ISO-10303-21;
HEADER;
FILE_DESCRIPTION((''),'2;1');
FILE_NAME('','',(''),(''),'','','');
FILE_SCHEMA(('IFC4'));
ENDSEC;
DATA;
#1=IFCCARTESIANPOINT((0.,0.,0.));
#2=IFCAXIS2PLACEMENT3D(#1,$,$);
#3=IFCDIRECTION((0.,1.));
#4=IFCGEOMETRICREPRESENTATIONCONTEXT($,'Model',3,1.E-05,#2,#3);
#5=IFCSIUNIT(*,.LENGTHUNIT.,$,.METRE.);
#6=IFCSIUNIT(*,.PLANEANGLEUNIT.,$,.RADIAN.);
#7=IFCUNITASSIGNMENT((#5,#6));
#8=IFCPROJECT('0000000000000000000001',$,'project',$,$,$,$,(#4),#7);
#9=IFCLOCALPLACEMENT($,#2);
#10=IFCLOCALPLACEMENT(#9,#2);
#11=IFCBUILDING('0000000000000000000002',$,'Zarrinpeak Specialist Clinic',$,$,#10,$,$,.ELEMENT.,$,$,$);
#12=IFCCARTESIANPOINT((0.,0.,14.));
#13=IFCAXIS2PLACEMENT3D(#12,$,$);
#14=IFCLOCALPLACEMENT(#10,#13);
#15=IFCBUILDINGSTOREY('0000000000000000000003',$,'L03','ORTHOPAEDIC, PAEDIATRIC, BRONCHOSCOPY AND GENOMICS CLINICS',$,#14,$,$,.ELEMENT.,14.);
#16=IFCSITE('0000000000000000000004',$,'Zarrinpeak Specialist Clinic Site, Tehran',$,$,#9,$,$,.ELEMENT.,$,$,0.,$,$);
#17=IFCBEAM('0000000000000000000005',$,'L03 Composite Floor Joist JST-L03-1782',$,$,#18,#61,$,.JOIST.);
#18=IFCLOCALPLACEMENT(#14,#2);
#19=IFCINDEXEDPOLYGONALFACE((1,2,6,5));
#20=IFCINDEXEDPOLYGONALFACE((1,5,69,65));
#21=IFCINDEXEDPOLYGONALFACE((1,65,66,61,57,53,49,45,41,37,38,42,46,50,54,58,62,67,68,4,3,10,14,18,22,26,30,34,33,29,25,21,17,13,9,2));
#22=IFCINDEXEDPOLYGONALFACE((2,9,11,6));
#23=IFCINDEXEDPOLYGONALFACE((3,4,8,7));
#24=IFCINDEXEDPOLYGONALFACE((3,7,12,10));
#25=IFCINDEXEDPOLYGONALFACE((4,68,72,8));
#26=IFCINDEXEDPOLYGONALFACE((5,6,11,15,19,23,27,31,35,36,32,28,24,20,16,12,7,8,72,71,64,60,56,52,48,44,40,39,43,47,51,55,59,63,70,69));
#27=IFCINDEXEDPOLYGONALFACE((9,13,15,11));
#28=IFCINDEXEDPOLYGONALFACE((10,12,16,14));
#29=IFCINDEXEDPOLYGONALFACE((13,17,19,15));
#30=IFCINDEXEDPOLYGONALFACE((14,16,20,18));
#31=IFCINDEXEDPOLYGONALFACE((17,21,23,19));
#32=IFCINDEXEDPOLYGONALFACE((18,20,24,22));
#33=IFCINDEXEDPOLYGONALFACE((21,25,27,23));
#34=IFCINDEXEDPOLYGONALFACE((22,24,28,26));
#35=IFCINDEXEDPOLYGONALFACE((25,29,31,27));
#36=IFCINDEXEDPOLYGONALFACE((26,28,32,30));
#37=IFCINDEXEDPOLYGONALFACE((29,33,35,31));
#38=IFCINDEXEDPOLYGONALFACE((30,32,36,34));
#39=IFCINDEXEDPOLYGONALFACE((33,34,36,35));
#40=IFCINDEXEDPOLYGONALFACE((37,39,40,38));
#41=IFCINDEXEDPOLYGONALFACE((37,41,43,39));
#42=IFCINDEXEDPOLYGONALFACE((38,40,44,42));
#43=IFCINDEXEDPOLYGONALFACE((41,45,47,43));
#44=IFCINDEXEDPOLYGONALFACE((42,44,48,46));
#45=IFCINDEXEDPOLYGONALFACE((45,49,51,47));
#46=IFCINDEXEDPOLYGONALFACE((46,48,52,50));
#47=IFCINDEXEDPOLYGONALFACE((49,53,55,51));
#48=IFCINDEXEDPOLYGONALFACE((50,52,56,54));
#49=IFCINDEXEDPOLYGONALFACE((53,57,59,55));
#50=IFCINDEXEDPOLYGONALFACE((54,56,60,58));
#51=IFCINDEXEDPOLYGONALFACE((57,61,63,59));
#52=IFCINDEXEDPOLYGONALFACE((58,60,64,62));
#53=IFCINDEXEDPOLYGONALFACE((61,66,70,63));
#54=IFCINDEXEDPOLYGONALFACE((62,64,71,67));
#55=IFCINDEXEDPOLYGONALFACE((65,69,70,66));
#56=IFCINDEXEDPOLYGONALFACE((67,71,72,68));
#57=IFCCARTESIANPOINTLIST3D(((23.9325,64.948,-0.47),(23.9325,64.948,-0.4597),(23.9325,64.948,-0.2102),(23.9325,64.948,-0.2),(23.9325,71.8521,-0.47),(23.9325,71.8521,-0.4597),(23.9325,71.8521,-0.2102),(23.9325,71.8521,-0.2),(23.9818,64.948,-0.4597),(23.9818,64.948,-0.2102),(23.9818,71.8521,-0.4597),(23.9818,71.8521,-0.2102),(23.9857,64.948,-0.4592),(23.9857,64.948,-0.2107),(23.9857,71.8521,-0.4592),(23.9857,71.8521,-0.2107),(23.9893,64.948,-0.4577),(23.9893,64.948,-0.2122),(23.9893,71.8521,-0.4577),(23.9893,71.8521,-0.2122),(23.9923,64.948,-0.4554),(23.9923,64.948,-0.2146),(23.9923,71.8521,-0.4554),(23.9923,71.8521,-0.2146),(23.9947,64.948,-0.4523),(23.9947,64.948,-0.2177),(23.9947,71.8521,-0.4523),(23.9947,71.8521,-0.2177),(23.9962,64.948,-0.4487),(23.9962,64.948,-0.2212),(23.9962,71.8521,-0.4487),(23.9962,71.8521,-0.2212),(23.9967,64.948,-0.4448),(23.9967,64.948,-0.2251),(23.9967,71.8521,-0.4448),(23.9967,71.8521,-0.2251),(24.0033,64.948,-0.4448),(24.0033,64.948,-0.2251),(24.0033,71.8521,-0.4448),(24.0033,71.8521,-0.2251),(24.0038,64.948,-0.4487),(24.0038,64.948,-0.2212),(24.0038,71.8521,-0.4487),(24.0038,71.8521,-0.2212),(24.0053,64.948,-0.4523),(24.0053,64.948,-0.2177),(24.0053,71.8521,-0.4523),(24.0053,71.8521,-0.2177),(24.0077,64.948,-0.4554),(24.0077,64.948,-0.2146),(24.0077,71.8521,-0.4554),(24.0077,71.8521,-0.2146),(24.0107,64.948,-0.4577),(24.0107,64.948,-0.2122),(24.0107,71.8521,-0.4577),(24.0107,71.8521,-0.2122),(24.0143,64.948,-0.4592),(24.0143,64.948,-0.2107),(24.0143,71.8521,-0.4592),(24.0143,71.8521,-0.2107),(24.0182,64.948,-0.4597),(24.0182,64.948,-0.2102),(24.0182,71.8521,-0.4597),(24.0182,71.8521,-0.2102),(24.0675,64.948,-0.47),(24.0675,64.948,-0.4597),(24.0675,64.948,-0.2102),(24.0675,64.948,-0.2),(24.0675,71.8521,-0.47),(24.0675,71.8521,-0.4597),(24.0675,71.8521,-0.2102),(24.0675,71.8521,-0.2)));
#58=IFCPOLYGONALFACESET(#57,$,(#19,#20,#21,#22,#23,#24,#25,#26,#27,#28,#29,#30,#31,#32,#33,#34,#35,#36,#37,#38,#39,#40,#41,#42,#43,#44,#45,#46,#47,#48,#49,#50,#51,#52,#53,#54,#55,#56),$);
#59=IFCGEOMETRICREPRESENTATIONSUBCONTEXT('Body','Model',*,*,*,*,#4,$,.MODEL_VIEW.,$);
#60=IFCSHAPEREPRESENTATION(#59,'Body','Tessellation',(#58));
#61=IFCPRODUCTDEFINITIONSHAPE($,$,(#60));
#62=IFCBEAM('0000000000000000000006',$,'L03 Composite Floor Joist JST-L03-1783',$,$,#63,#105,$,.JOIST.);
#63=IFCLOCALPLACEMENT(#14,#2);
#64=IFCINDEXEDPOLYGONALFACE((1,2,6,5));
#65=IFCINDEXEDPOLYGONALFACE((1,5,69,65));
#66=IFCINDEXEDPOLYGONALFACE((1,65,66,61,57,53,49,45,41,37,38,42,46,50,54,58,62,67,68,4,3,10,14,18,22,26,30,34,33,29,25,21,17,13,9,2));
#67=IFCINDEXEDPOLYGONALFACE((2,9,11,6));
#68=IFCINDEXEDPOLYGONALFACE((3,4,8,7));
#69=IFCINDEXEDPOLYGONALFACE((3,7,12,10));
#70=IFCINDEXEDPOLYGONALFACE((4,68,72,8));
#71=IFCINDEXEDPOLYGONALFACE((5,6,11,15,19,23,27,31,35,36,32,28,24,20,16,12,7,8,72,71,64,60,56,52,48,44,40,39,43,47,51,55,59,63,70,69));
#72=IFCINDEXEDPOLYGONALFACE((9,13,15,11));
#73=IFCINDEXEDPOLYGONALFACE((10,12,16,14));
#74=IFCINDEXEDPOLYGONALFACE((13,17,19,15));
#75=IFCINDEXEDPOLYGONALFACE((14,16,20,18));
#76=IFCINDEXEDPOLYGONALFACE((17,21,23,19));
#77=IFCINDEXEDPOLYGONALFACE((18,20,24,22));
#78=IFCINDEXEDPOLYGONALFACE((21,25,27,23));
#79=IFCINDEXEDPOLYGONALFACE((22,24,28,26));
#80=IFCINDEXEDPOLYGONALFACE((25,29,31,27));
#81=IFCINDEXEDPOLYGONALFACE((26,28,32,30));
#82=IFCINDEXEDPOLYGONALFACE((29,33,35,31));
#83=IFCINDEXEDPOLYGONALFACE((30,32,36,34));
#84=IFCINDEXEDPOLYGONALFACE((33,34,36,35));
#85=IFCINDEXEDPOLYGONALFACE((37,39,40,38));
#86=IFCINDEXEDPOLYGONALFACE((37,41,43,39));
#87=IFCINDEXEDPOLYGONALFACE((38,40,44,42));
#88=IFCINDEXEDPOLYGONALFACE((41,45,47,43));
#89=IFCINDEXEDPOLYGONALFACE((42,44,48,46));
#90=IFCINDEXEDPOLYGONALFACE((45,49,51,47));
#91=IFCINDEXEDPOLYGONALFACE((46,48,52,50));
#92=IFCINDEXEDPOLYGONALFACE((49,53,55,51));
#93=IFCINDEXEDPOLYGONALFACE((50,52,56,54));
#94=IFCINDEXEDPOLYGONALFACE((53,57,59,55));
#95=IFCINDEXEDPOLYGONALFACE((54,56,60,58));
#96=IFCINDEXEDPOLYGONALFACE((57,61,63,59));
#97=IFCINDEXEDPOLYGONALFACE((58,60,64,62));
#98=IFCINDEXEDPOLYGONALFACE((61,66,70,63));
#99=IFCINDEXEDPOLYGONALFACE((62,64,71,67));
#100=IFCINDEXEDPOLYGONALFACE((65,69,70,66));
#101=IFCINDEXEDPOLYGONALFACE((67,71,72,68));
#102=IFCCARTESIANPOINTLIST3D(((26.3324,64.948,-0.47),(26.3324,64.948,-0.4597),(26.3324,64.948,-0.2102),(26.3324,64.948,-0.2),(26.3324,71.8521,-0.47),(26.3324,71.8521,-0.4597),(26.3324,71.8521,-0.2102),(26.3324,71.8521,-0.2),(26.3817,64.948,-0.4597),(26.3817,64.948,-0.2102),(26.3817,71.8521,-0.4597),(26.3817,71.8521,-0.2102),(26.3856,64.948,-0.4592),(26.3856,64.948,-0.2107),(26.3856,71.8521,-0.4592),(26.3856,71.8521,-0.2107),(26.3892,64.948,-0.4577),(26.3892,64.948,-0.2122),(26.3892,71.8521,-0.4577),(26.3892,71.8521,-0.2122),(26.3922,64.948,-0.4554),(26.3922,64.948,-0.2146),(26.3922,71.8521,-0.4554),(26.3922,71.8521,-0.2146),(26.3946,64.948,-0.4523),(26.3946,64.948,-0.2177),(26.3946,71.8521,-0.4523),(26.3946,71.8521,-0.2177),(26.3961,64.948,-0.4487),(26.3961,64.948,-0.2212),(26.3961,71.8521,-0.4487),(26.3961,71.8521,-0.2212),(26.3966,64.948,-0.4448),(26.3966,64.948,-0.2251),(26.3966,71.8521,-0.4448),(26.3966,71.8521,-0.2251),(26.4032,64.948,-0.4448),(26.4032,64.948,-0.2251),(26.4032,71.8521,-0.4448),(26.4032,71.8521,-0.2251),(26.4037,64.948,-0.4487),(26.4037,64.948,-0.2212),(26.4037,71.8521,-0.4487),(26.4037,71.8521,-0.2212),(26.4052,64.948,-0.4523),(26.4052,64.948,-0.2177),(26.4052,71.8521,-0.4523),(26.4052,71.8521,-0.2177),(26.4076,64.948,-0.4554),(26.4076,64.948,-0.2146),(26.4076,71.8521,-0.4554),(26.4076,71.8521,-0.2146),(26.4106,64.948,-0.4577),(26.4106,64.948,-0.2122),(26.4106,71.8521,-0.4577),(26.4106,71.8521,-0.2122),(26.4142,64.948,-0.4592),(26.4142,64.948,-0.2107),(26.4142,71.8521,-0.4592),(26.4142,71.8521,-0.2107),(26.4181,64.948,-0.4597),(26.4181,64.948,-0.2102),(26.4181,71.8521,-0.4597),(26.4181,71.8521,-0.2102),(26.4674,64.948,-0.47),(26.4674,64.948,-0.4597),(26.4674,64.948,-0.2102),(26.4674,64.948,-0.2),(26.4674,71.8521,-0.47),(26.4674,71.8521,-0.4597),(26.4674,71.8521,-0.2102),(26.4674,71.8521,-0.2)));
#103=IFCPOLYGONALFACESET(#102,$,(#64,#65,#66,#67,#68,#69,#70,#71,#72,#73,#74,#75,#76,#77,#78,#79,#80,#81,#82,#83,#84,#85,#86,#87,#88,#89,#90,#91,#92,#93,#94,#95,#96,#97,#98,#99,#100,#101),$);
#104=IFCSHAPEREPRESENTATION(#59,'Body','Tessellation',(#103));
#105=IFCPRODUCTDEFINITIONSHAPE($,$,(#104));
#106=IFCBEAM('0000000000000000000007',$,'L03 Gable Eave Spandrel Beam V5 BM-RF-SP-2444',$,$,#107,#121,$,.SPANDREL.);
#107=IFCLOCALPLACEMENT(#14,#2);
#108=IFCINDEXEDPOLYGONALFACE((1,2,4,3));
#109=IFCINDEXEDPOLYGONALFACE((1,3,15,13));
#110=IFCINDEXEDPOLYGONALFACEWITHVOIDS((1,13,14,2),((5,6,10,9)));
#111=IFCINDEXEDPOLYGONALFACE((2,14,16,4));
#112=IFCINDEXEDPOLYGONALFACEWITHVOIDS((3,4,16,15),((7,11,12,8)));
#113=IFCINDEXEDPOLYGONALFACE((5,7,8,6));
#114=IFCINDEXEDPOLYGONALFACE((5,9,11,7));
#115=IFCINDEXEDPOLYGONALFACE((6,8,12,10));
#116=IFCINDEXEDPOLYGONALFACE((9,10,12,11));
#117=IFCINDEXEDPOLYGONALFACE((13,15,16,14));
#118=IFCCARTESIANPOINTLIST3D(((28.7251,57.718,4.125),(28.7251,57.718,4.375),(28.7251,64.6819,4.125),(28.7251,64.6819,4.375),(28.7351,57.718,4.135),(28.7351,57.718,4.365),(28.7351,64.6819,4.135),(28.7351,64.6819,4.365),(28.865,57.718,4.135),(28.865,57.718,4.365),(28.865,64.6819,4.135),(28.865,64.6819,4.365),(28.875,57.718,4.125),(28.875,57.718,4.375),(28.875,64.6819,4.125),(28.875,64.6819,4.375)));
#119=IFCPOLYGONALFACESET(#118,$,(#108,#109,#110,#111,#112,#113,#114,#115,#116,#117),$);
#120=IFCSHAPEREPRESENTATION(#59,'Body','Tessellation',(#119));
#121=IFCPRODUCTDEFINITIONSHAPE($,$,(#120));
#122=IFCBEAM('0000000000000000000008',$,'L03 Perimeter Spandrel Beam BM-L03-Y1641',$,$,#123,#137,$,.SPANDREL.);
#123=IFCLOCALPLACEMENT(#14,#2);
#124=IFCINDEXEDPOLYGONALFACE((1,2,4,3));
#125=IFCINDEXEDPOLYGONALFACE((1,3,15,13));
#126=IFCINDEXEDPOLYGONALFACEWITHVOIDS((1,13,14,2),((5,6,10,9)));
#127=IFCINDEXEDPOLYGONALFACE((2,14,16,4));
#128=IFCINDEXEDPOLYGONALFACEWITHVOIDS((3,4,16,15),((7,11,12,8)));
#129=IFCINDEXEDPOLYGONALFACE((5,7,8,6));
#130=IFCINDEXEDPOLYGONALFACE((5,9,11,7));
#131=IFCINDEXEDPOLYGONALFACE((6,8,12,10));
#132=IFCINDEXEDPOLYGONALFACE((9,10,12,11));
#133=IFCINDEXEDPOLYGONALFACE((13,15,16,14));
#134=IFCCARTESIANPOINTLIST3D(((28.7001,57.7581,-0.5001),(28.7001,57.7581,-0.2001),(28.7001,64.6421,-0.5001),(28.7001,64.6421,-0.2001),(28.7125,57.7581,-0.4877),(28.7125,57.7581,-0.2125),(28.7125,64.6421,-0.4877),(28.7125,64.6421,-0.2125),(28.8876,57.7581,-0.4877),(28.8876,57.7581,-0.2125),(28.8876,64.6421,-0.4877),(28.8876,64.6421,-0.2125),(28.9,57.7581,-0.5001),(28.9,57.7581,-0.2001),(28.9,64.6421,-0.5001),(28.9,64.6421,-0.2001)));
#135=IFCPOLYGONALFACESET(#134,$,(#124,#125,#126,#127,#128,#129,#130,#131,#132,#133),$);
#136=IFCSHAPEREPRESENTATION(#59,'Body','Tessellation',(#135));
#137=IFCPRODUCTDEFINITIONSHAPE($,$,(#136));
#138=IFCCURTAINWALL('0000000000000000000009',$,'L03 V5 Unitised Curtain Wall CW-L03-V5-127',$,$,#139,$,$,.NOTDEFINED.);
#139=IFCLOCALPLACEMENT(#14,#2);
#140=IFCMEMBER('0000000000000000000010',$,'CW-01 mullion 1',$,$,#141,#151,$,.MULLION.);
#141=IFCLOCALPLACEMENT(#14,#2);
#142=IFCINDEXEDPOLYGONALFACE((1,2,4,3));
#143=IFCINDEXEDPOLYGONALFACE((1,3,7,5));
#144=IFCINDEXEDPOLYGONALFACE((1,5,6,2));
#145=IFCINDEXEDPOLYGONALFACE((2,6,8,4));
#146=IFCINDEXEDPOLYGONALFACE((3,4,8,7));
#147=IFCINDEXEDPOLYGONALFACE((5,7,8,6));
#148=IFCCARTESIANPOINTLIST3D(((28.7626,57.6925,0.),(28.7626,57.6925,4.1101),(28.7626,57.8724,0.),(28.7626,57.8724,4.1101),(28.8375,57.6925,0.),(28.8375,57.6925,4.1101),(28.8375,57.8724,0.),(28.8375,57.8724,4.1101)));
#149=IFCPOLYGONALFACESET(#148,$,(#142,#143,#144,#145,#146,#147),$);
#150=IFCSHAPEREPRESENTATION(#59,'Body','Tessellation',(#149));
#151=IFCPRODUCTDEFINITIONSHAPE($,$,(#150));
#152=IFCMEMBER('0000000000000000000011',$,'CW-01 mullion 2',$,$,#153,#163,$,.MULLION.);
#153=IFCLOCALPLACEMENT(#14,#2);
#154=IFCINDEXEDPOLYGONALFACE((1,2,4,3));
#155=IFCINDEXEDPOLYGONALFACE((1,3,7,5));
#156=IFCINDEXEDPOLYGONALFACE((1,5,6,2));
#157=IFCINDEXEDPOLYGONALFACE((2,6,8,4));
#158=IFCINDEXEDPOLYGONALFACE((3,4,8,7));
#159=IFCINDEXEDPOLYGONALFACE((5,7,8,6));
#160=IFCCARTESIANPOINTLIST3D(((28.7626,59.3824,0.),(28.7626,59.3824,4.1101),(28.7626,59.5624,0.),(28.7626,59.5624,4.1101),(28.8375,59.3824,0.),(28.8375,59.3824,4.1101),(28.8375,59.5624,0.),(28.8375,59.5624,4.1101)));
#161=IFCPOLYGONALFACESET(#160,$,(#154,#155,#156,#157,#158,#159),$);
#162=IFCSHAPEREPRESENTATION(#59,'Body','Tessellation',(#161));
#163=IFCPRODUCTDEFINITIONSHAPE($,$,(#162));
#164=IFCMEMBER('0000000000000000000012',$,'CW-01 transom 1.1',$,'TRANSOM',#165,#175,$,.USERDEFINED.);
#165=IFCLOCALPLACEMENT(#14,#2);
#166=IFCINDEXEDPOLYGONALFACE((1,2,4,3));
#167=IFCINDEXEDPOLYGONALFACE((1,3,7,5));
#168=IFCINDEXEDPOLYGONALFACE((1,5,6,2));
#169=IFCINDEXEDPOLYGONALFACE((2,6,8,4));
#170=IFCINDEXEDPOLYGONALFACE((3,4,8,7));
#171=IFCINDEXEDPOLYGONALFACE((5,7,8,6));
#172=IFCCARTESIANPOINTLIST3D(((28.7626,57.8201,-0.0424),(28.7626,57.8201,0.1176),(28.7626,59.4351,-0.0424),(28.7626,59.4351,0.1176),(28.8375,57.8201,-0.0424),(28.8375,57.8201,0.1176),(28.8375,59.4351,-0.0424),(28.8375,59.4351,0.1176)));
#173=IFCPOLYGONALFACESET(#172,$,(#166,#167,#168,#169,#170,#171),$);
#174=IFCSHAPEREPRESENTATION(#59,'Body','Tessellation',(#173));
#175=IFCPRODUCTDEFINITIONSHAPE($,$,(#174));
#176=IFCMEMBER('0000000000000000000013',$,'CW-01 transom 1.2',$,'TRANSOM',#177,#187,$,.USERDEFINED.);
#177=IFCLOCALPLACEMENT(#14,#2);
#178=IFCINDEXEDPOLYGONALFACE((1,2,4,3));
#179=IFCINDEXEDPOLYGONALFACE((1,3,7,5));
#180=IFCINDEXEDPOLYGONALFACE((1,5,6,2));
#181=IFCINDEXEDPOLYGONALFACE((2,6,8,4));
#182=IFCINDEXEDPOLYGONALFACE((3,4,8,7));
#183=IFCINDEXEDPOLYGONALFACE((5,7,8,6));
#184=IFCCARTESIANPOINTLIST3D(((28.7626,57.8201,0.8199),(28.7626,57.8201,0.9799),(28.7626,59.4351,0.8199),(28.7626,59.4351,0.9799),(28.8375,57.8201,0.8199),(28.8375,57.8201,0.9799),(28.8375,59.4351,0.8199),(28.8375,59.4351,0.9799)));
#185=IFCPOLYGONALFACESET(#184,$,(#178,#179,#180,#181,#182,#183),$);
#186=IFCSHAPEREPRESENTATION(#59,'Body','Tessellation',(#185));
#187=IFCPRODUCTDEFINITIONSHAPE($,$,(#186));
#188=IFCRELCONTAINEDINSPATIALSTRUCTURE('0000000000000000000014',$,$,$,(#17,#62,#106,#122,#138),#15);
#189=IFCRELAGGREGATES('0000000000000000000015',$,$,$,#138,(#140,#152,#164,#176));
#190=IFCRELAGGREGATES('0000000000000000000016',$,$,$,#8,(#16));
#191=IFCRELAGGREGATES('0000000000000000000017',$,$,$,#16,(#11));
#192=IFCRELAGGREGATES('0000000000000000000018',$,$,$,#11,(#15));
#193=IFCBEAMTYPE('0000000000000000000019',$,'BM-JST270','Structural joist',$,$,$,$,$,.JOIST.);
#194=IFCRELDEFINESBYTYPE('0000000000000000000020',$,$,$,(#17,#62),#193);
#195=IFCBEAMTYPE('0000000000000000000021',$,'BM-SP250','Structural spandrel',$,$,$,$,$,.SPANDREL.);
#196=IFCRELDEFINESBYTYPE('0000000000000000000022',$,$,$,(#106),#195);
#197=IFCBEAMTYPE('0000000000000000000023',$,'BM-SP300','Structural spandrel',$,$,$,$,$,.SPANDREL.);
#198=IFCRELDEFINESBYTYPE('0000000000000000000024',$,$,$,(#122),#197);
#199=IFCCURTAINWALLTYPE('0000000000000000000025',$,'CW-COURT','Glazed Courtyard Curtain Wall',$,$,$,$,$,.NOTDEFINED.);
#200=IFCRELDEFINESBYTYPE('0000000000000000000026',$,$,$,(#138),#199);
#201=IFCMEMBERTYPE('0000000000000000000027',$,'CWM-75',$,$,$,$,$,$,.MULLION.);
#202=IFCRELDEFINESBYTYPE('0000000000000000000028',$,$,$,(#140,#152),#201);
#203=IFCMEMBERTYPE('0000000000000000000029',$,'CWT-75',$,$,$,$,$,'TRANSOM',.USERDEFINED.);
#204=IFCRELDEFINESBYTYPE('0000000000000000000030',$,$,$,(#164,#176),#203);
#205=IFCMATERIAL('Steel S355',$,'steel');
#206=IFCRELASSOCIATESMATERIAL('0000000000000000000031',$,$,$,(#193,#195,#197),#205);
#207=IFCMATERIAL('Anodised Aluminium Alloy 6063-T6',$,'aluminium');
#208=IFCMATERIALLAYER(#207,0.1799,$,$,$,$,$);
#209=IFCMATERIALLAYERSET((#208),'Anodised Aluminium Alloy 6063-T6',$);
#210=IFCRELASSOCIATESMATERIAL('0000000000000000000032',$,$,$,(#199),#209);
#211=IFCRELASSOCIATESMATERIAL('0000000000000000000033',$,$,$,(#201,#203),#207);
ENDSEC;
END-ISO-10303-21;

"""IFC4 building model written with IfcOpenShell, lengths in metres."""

from ifc_helpers import new_model, si_unit, direction, frame, origin, origin_2d, place, context, subcontext, project, spatial, rectangle, hollow_rectangle, i_section, extrude, material, layer, layer_set, material_profile, profile_set, type_object, element, aggregate, save


model = new_model("IFC4")

# Units and contexts
model_context = context("Model", 3, precision=1e-05, world=origin(), true_north=direction((0.0, 1.0)))
body_context = subcontext(model_context, "Body", "Model", "MODEL_VIEW")
ifc_project = project(units=[si_unit("LENGTHUNIT", "METRE"), si_unit("PLANEANGLEUNIT", "RADIAN")], contexts=[model_context])

# Site, building, storey
site_placement = place(None, origin())
site = spatial("IfcSite", under=ifc_project, at=site_placement, Name="Zarrinpeak Specialist Clinic Site, Tehran", CompositionType="ELEMENT", RefElevation=0.0)
building_placement = place(site_placement, origin())
building = spatial("IfcBuilding", under=site, at=building_placement, Name="Zarrinpeak Specialist Clinic", CompositionType="ELEMENT")
storey_placement = place(building_placement, frame((0.0, 0.0, 14.0)))
storey = spatial("IfcBuildingStorey", under=building, at=storey_placement, Name="L03", Description="ORTHOPAEDIC, PAEDIATRIC, BRONCHOSCOPY AND GENOMICS CLINICS", CompositionType="ELEMENT", Elevation=14.0)

# Shared definitions
ifc_material_1 = material(Name="Steel S355", Category="steel")

# Beams
ifc_material_profile_1 = material_profile(ifc_material_1, i_section(OverallWidth=0.135, OverallDepth=0.27, WebThickness=0.0066, FlangeThickness=0.0103, FilletRadius=0.0149, at=origin_2d()), Name="IPE 270")
ifc_profile_set_1 = profile_set([ifc_material_profile_1], Name="Steel S355")
beam_type_1 = type_object("IfcBeamType", Name="BM-JST270", Description="Structural joist", PredefinedType="JOIST", material=ifc_profile_set_1)
for number, where, z_axis, x_axis, name in (
    (1, (24.0, 64.948, -0.335), (0.0, 1.0, 0.0), (-1.0, 0.0, 0.0), "L03 Composite Floor Joist JST-L03-1782"),
    (2, (26.3999, 64.948, -0.335), (0.0, 1.0, 0.0), (-1.0, 0.0, 0.0), "L03 Composite Floor Joist JST-L03-1783"),
):
    element("IfcBeam", number, at=place(storey_placement, frame(where, z_axis=z_axis, x_axis=x_axis)), inside=storey, type_object=beam_type_1, Name=name, PredefinedType="JOIST", context=body_context, shape_type="SweptSolid", body=[
        extrude(i_section(OverallWidth=0.135, OverallDepth=0.27, WebThickness=0.0066, FlangeThickness=0.0103, FilletRadius=0.0149, at=origin_2d()), origin(), (0.0, 0.0, 1.0), 6.9041),
    ])
ifc_material_profile_2 = material_profile(ifc_material_1, hollow_rectangle(XDim=0.1499, YDim=0.25, WallThickness=0.01, at=origin_2d()), Name="RHS 250x150x10.0")
ifc_profile_set_2 = profile_set([ifc_material_profile_2], Name="Steel S355")
beam_type_2 = type_object("IfcBeamType", Name="BM-SP250", Description="Structural spandrel", PredefinedType="SPANDREL", material=ifc_profile_set_2)
beam_1_placement = place(storey_placement, frame((28.8, 57.718, 4.25), z_axis=(0.0, 1.0, 0.0), x_axis=(-1.0, 0.0, 0.0)))
element("IfcBeam", 3, at=beam_1_placement, inside=storey, type_object=beam_type_2, Name="L03 Gable Eave Spandrel Beam V5 BM-RF-SP-2444", PredefinedType="SPANDREL", context=body_context, shape_type="SweptSolid", body=[
    extrude(hollow_rectangle(XDim=0.1499, YDim=0.25, WallThickness=0.01, at=origin_2d()), origin(), (0.0, 0.0, 1.0), 6.9639),
])
ifc_material_profile_3 = material_profile(ifc_material_1, hollow_rectangle(XDim=0.2, YDim=0.3, WallThickness=0.0125, at=origin_2d()), Name="RHS 300x200x12.5")
ifc_profile_set_3 = profile_set([ifc_material_profile_3], Name="Steel S355")
beam_type_3 = type_object("IfcBeamType", Name="BM-SP300", Description="Structural spandrel", PredefinedType="SPANDREL", material=ifc_profile_set_3)
beam_2_placement = place(storey_placement, frame((28.8, 57.7581, -0.3501), z_axis=(0.0, 1.0, 0.0), x_axis=(-1.0, 0.0, 0.0)))
element("IfcBeam", 4, at=beam_2_placement, inside=storey, type_object=beam_type_3, Name="L03 Perimeter Spandrel Beam BM-L03-Y1641", PredefinedType="SPANDREL", context=body_context, shape_type="SweptSolid", body=[
    extrude(hollow_rectangle(XDim=0.2, YDim=0.3, WallThickness=0.0125, at=origin_2d()), origin(), (0.0, 0.0, 1.0), 6.884),
])

# Curtain wall, members
ifc_material_2 = material(Name="Anodised Aluminium Alloy 6063-T6", Category="aluminium")
ifc_layer_1 = layer(ifc_material_2, 0.1799)
ifc_layer_set_1 = layer_set([ifc_layer_1], Name="Anodised Aluminium Alloy 6063-T6")
curtain_wall_type = type_object("IfcCurtainWallType", Name="CW-COURT", Description="Glazed Courtyard Curtain Wall", PredefinedType="NOTDEFINED", material=ifc_layer_set_1)
curtain_wall_placement = place(storey_placement, origin())
curtain_wall = element("IfcCurtainWall", 5, at=curtain_wall_placement, inside=storey, type_object=curtain_wall_type, Name="L03 V5 Unitised Curtain Wall CW-L03-V5-127", PredefinedType="NOTDEFINED")
ifc_material_profile_4 = material_profile(ifc_material_2, rectangle(XDim=0.075, YDim=0.1799, at=origin_2d()), Name="ALU 75x180")
ifc_profile_set_4 = profile_set([ifc_material_profile_4], Name="Anodised Aluminium Alloy 6063-T6")
member_type_1 = type_object("IfcMemberType", Name="CWM-75", PredefinedType="MULLION", material=ifc_profile_set_4)
member_1_placement = place(storey_placement, frame((28.8, 57.7825, 0.0), z_axis=(0.0, 0.0, 1.0), x_axis=(-1.0, 0.0, 0.0)))
member_1 = element("IfcMember", 6, at=member_1_placement, type_object=member_type_1, Name="CW-01 mullion 1", PredefinedType="MULLION", context=body_context, shape_type="SweptSolid", body=[
    extrude(rectangle(XDim=0.075, YDim=0.1799, at=origin_2d()), origin(), (0.0, 0.0, 1.0), 4.1101),
])
member_2_placement = place(storey_placement, frame((28.8, 59.4724, 0.0), z_axis=(0.0, 0.0, 1.0), x_axis=(-1.0, 0.0, 0.0)))
member_2 = element("IfcMember", 7, at=member_2_placement, type_object=member_type_1, Name="CW-01 mullion 2", PredefinedType="MULLION", context=body_context, shape_type="SweptSolid", body=[
    extrude(rectangle(XDim=0.075, YDim=0.1799, at=origin_2d()), origin(), (0.0, 0.0, 1.0), 4.1101),
])
ifc_material_profile_5 = material_profile(ifc_material_2, rectangle(XDim=0.075, YDim=0.1599, at=origin_2d()), Name="ALU 75x160")
ifc_profile_set_5 = profile_set([ifc_material_profile_5], Name="Anodised Aluminium Alloy 6063-T6")
member_type_2 = type_object("IfcMemberType", Name="CWT-75", ElementType="TRANSOM", PredefinedType="USERDEFINED", material=ifc_profile_set_5)
member_3_placement = place(storey_placement, frame((28.8, 57.8201, 0.0376), z_axis=(0.0, 1.0, 0.0), x_axis=(-1.0, 0.0, 0.0)))
member_3 = element("IfcMember", 8, at=member_3_placement, type_object=member_type_2, Name="CW-01 transom 1.1", ObjectType="TRANSOM", PredefinedType="USERDEFINED", context=body_context, shape_type="SweptSolid", body=[
    extrude(rectangle(XDim=0.075, YDim=0.1599, at=origin_2d()), origin(), (0.0, 0.0, 1.0), 1.615),
])
member_4_placement = place(storey_placement, frame((28.8, 57.8201, 0.8999), z_axis=(0.0, 1.0, 0.0), x_axis=(-1.0, 0.0, 0.0)))
member_4 = element("IfcMember", 9, at=member_4_placement, type_object=member_type_2, Name="CW-01 transom 1.2", ObjectType="TRANSOM", PredefinedType="USERDEFINED", context=body_context, shape_type="SweptSolid", body=[
    extrude(rectangle(XDim=0.075, YDim=0.1599, at=origin_2d()), origin(), (0.0, 0.0, 1.0), 1.615),
])
aggregate(curtain_wall, [member_1, member_2, member_3, member_4])

save(model, "model.ifc")
